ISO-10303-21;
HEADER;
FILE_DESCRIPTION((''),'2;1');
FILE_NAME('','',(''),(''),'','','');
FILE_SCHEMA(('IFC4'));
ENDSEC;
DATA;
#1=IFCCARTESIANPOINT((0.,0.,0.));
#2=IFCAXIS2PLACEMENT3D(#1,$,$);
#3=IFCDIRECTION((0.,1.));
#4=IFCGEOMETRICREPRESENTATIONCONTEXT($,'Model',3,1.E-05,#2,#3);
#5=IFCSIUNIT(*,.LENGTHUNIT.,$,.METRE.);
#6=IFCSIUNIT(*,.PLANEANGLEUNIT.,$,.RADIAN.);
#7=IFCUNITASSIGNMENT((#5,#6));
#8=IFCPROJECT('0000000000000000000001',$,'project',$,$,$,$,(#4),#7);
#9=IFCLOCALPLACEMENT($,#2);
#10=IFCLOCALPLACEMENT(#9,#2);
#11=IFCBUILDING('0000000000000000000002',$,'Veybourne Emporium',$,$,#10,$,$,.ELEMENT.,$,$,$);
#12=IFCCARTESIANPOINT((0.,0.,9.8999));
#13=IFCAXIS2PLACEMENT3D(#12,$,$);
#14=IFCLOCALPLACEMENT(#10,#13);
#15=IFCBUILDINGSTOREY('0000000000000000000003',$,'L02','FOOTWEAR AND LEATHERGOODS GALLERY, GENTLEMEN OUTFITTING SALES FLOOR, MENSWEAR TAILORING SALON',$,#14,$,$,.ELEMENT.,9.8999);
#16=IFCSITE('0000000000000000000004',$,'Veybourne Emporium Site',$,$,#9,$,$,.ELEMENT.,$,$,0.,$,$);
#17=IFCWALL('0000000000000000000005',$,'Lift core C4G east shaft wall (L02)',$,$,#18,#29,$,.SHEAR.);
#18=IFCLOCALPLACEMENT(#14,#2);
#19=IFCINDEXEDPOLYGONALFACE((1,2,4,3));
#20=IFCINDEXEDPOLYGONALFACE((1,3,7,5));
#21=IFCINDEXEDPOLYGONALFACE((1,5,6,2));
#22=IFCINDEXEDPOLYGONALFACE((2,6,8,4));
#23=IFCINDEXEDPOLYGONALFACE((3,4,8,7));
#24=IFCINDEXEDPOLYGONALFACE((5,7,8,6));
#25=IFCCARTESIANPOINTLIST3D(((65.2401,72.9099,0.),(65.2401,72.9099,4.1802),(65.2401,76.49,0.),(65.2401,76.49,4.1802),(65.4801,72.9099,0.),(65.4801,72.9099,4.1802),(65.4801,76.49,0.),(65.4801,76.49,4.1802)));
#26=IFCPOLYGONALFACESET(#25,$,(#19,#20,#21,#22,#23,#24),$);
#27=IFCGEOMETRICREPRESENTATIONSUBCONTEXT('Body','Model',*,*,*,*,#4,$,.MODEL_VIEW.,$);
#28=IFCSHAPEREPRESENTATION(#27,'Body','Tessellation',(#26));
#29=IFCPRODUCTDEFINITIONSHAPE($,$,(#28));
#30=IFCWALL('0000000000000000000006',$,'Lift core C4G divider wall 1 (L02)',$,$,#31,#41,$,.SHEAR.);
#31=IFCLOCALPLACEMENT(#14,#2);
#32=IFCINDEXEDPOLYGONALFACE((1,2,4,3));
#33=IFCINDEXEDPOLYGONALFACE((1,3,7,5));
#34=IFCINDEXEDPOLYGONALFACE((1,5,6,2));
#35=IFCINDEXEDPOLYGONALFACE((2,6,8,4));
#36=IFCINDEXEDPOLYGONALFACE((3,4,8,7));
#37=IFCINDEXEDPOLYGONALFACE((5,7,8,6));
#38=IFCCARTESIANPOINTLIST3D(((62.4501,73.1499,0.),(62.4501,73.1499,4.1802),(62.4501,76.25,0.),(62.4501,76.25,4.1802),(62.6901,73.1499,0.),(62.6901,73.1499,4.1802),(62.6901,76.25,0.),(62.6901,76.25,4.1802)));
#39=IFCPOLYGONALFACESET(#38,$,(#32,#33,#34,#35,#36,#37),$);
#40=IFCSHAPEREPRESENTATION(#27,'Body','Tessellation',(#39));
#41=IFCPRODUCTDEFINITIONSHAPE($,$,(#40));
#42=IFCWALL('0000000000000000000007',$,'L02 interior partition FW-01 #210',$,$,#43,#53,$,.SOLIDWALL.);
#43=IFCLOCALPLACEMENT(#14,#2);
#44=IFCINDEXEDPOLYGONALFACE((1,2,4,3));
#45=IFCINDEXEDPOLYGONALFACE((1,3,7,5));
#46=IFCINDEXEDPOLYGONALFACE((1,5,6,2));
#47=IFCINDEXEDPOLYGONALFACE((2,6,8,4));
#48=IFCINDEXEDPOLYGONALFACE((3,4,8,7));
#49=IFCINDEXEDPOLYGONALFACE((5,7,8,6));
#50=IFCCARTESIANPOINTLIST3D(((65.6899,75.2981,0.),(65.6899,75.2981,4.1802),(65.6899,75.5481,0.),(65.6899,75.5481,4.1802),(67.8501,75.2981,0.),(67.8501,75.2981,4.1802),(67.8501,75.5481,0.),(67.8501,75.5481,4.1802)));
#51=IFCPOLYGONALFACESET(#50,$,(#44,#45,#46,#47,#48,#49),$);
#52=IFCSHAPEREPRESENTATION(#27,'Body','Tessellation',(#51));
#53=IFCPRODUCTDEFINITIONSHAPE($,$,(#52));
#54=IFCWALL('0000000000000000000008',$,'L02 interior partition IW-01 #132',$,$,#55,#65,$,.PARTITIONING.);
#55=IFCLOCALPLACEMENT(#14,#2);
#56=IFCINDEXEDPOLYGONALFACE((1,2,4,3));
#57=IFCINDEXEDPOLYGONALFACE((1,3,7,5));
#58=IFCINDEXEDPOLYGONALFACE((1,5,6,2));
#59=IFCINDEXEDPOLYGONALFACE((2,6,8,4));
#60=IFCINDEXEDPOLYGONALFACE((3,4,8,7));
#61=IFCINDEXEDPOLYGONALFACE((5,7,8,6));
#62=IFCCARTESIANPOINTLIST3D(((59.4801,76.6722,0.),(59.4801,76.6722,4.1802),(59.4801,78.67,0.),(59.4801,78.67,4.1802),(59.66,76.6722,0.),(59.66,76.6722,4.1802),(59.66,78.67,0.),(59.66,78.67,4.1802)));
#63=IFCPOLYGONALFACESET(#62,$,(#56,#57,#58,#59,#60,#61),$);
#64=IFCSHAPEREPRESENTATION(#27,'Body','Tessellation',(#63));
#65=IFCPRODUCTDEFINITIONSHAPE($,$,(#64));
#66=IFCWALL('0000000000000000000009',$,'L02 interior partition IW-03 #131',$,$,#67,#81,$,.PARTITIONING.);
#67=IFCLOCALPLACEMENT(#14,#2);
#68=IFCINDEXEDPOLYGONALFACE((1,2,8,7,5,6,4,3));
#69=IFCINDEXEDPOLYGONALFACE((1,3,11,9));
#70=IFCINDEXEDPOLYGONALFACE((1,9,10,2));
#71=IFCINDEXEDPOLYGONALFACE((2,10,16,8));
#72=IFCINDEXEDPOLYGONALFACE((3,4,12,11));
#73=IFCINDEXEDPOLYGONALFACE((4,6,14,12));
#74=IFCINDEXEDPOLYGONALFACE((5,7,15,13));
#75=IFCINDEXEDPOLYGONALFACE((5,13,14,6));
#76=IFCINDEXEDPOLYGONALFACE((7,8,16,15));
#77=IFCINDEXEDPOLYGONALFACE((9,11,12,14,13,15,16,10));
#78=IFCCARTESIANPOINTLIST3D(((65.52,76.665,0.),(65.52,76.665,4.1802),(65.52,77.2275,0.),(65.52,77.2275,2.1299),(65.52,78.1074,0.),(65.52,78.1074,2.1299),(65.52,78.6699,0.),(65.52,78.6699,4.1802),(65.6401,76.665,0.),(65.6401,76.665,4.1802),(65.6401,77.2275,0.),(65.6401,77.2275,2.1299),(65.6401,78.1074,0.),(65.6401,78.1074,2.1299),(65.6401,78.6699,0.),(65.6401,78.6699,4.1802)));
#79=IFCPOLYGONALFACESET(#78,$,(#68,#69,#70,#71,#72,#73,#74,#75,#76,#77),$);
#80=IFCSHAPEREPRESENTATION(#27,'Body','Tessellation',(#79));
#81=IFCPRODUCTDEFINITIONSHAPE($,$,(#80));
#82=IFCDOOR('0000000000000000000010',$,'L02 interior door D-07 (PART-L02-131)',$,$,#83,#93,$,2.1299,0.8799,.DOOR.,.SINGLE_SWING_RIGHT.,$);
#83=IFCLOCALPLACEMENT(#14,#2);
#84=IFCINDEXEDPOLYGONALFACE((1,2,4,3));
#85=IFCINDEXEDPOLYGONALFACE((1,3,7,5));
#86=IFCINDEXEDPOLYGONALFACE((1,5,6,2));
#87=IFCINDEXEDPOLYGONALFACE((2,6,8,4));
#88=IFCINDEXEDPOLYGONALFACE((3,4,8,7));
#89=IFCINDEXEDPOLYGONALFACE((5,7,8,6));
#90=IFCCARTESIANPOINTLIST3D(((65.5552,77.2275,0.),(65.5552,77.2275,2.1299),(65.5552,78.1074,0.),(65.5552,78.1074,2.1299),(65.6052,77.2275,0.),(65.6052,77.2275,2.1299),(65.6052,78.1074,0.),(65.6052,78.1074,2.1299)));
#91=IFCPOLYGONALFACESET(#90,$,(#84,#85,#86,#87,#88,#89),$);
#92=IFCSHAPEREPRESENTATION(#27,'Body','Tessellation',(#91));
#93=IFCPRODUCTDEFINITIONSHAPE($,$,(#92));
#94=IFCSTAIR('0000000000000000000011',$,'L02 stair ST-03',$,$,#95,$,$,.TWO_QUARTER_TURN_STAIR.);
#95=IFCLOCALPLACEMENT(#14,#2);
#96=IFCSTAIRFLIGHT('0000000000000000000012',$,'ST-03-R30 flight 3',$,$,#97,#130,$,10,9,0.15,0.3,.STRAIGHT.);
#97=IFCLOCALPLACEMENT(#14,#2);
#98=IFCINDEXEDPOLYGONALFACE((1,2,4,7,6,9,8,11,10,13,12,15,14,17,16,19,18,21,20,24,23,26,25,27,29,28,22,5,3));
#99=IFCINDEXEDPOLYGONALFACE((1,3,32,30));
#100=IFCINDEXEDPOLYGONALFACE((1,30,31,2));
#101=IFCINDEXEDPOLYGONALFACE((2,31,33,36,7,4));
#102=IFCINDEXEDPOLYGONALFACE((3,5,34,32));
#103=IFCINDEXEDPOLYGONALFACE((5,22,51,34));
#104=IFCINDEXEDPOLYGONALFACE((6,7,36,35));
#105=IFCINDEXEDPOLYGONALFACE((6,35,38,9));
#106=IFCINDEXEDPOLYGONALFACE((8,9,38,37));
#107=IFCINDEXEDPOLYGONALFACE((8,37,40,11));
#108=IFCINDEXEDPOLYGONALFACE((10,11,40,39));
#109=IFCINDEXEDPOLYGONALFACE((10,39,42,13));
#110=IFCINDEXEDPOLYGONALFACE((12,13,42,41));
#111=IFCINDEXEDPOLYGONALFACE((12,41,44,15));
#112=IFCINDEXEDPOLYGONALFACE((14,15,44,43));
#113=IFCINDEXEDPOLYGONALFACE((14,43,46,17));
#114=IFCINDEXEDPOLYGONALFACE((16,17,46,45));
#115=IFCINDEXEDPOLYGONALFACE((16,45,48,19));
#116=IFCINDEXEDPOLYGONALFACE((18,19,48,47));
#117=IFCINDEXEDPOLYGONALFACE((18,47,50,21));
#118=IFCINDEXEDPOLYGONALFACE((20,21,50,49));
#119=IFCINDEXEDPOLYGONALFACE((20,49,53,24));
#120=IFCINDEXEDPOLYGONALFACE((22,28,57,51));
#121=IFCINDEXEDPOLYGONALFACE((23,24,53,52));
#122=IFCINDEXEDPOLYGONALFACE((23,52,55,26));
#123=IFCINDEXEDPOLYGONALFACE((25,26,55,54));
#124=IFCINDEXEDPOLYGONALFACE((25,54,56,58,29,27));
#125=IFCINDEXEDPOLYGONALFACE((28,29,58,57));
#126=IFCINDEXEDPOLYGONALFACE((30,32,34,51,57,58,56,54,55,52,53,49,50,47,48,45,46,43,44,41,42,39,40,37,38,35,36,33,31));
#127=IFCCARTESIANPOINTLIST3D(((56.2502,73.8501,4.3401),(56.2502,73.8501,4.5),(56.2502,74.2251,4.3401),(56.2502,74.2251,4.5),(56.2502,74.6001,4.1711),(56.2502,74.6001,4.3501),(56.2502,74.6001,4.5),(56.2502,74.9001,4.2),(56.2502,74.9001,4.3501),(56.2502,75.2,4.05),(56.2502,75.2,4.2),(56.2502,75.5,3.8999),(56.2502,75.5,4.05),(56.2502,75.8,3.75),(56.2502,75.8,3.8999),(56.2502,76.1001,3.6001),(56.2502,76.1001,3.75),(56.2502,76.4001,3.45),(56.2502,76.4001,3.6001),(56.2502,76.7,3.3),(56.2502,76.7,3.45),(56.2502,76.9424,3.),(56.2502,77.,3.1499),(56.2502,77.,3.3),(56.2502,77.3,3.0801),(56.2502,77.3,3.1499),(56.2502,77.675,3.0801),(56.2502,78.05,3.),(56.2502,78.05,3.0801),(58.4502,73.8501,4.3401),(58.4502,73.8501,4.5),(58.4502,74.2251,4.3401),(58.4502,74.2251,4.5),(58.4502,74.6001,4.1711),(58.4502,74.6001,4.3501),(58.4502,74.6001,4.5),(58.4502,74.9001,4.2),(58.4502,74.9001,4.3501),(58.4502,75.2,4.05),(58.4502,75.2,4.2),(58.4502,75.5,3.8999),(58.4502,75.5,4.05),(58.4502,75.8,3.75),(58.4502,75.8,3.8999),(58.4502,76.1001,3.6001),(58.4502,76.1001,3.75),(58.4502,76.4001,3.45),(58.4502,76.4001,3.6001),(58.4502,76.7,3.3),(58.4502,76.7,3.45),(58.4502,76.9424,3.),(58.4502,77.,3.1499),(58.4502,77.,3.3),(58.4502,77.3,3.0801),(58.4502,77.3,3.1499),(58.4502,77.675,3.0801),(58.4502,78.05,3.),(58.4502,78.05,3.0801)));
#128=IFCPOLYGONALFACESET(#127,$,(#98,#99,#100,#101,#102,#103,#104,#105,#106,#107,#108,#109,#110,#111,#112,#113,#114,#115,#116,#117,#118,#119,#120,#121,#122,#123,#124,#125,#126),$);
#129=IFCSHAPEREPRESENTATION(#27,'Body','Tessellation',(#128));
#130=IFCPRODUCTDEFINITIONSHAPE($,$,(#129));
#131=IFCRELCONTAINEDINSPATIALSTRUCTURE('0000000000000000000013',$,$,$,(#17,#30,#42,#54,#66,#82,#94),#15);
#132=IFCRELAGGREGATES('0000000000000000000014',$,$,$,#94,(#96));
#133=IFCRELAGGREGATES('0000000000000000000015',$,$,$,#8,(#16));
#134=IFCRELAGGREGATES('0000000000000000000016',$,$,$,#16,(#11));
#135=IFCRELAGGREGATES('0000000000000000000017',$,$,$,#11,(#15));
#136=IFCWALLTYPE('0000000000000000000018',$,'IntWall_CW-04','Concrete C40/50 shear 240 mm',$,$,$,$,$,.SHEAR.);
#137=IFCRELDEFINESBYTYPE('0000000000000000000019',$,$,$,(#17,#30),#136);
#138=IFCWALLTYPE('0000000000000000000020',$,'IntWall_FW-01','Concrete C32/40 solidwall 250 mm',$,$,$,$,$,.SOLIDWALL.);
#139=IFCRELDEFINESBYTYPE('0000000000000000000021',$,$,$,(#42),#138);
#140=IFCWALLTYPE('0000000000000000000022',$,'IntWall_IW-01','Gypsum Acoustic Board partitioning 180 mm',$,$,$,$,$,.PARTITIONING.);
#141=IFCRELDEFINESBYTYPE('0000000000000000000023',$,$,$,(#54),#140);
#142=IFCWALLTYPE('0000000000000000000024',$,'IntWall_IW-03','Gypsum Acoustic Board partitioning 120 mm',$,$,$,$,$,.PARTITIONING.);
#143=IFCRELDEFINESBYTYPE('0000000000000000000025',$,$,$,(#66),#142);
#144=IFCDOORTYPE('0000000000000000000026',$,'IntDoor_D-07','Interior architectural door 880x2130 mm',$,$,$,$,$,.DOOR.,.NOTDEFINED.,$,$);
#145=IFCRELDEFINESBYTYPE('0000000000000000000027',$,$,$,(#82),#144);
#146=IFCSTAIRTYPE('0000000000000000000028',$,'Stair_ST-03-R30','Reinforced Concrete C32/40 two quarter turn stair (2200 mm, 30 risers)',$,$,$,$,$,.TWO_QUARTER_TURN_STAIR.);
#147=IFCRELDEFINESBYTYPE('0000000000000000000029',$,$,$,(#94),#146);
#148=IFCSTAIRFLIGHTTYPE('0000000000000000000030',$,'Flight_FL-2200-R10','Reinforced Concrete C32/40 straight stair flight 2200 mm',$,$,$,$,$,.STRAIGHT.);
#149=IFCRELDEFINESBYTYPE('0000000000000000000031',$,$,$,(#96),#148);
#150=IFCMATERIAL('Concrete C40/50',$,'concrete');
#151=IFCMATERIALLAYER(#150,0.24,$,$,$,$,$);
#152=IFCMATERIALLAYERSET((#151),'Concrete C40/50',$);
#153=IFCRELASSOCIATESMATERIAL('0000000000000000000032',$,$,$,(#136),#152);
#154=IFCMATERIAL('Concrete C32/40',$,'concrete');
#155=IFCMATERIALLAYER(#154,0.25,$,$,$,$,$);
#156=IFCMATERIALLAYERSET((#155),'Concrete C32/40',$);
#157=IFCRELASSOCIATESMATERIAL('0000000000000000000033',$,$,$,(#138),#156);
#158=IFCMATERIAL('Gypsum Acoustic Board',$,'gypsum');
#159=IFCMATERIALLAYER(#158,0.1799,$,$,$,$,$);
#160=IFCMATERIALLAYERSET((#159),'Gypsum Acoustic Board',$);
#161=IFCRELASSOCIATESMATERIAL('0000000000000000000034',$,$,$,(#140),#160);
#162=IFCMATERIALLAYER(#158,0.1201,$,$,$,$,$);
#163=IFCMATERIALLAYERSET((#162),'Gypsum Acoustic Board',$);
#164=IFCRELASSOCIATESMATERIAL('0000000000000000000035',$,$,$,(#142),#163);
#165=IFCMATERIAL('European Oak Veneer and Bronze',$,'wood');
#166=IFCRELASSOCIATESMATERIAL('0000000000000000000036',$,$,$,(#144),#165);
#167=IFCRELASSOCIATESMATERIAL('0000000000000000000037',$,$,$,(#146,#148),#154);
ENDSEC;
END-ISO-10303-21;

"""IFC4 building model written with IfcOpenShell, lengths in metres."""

from ifc_helpers import new_model, si_unit, direction, frame, frame_2d, origin, place, context, subcontext, project, spatial, polyline, rectangle, outline, extrude, material, layer, layer_set, type_object, element, fill, aggregate, save


model = new_model("IFC4")

# Units and contexts
model_context = context("Model", 3, precision=1e-05, world=origin(), true_north=direction((0.0, 1.0)))
body_context = subcontext(model_context, "Body", "Model", "MODEL_VIEW")
ifc_project = project(units=[si_unit("LENGTHUNIT", "METRE"), si_unit("PLANEANGLEUNIT", "RADIAN")], contexts=[model_context])

# Site, building, storey
site_placement = place(None, origin())
site = spatial("IfcSite", under=ifc_project, at=site_placement, Name="Veybourne Emporium Site", CompositionType="ELEMENT", RefElevation=0.0)
building_placement = place(site_placement, origin())
building = spatial("IfcBuilding", under=site, at=building_placement, Name="Veybourne Emporium", CompositionType="ELEMENT")
storey_placement = place(building_placement, frame((0.0, 0.0, 9.8999)))
storey = spatial("IfcBuildingStorey", under=building, at=storey_placement, Name="L02", Description="FOOTWEAR AND LEATHERGOODS GALLERY, GENTLEMEN OUTFITTING SALES FLOOR, MENSWEAR TAILORING SALON", CompositionType="ELEMENT", Elevation=9.8999)

# Shared definitions
ifc_material_1 = material(Name="Concrete C40/50", Category="concrete")

# Shared definitions
ifc_material_2 = material(Name="Concrete C32/40", Category="concrete")

# Shared definitions
ifc_layer_1 = layer(ifc_material_1, 0.24)
ifc_layer_set_1 = layer_set([ifc_layer_1], Name="Concrete C40/50")
wall_type_1 = type_object("IfcWallType", Name="IntWall_CW-04", Description="Concrete C40/50 shear 240 mm", PredefinedType="SHEAR", material=ifc_layer_set_1)

# Walls
for number, where, z_axis, x_axis, name in (
    (1, (65.3601, 72.9099, 0.0), (0.0, 0.0, 1.0), (0.0, 1.0, 0.0), "Lift core C4G east shaft wall (L02)"),
):
    element("IfcWall", number, at=place(storey_placement, frame(where, z_axis=z_axis, x_axis=x_axis)), inside=storey, type_object=wall_type_1, Name=name, PredefinedType="SHEAR", context=body_context, shape_type="SweptSolid", body=[
        extrude(rectangle(XDim=3.5801, YDim=0.24, at=frame_2d((1.79, 0.0))), origin(), (0.0, 0.0, 1.0), 4.1802),
    ])
wall_1_placement = place(storey_placement, frame((62.5701, 73.1499, 0.0), z_axis=(0.0, 0.0, 1.0), x_axis=(0.0, 1.0, 0.0)))
element("IfcWall", 2, at=wall_1_placement, inside=storey, type_object=wall_type_1, Name="Lift core C4G divider wall 1 (L02)", PredefinedType="SHEAR", context=body_context, shape_type="SweptSolid", body=[
    extrude(rectangle(XDim=3.1001, YDim=0.24, at=frame_2d((1.55, 0.0))), origin(), (0.0, 0.0, 1.0), 4.1802),
])
ifc_layer_2 = layer(ifc_material_2, 0.25)
ifc_layer_set_2 = layer_set([ifc_layer_2], Name="Concrete C32/40")
wall_type_2 = type_object("IfcWallType", Name="IntWall_FW-01", Description="Concrete C32/40 solidwall 250 mm", PredefinedType="SOLIDWALL", material=ifc_layer_set_2)
wall_2_placement = place(storey_placement, frame((65.6899, 75.4231, 0.0), z_axis=(0.0, 0.0, 1.0), x_axis=(1.0, 0.0, 0.0)))
element("IfcWall", 3, at=wall_2_placement, inside=storey, type_object=wall_type_2, Name="L02 interior partition FW-01 #210", PredefinedType="SOLIDWALL", context=body_context, shape_type="SweptSolid", body=[
    extrude(rectangle(XDim=2.1602, YDim=0.25, at=frame_2d((1.0801, 0.0))), origin(), (0.0, 0.0, 1.0), 4.1802),
])
ifc_material_3 = material(Name="Gypsum Acoustic Board", Category="gypsum")
ifc_layer_3 = layer(ifc_material_3, 0.1799)
ifc_layer_set_3 = layer_set([ifc_layer_3], Name="Gypsum Acoustic Board")
wall_type_3 = type_object("IfcWallType", Name="IntWall_IW-01", Description="Gypsum Acoustic Board partitioning 180 mm", PredefinedType="PARTITIONING", material=ifc_layer_set_3)
wall_3_placement = place(storey_placement, frame((59.5701, 76.6721, 0.0), z_axis=(0.0, 0.0, 1.0), x_axis=(0.0, 1.0, 0.0)))
element("IfcWall", 4, at=wall_3_placement, inside=storey, type_object=wall_type_3, Name="L02 interior partition IW-01 #132", PredefinedType="PARTITIONING", context=body_context, shape_type="SweptSolid", body=[
    extrude(rectangle(XDim=1.9978, YDim=0.1799, at=frame_2d((0.999, 0.0))), origin(), (0.0, 0.0, 1.0), 4.1802),
])

# Wall, opening, door
ifc_layer_4 = layer(ifc_material_3, 0.1201)
ifc_layer_set_4 = layer_set([ifc_layer_4], Name="Gypsum Acoustic Board")
wall_type_4 = type_object("IfcWallType", Name="IntWall_IW-03", Description="Gypsum Acoustic Board partitioning 120 mm", PredefinedType="PARTITIONING", material=ifc_layer_set_4)
wall_4_placement = place(storey_placement, frame((65.5801, 76.665, 0.0), z_axis=(0.0, 0.0, 1.0), x_axis=(0.0, 1.0, 0.0)))
wall_4 = element("IfcWall", 5, at=wall_4_placement, inside=storey, type_object=wall_type_4, Name="L02 interior partition IW-03 #131", PredefinedType="PARTITIONING", context=body_context, shape_type="SweptSolid", body=[
    extrude(rectangle(XDim=2.0049, YDim=0.1201, at=frame_2d((1.0024, 0.0))), origin(), (0.0, 0.0, 1.0), 4.1802),
])
opening_1_placement = place(wall_4_placement, frame((0.5625, 0.0, 0.0)))
opening_1 = element("IfcOpeningElement", 6, at=opening_1_placement, cuts=wall_4, PredefinedType="OPENING", context=body_context, shape_type="SweptSolid", body=[
    extrude(rectangle(XDim=0.8799, YDim=2.1299, at=frame_2d((0.4399, 1.0649))), frame((0.0, 0.0801, 0.0), z_axis=(0.0, -1.0, 0.0), x_axis=(1.0, 0.0, 0.0)), (0.0, 0.0, 1.0), 0.1602),
])
ifc_material_4 = material(Name="European Oak Veneer and Bronze", Category="wood")
door_type_1 = type_object("IfcDoorType", Name="IntDoor_D-07", Description="Interior architectural door 880x2130 mm", OperationType="NOTDEFINED", PredefinedType="DOOR", material=ifc_material_4)
door_1_placement = place(opening_1_placement, origin())
door_1 = element("IfcDoor", 7, at=door_1_placement, inside=storey, type_object=door_type_1, Name="L02 interior door D-07 (PART-L02-131)", OperationType="SINGLE_SWING_RIGHT", OverallHeight=2.1299, OverallWidth=0.8799, PredefinedType="DOOR", context=body_context, shape_type="SweptSolid", body=[
    extrude(rectangle(XDim=0.8799, YDim=2.1299, at=frame_2d((0.4399, 1.0649))), frame((0.0, 0.0249, 0.0), z_axis=(0.0, -1.0, 0.0), x_axis=(1.0, 0.0, 0.0)), (0.0, 0.0, 1.0), 0.05),
])
fill(opening_1, door_1)

# Stair, stair flight
stair_type = type_object("IfcStairType", Name="Stair_ST-03-R30", Description="Reinforced Concrete C32/40 two quarter turn stair (2200 mm, 30 risers)", PredefinedType="TWO_QUARTER_TURN_STAIR", material=ifc_material_2)
stair_placement = place(storey_placement, origin())
stair = element("IfcStair", 8, at=stair_placement, inside=storey, type_object=stair_type, Name="L02 stair ST-03", PredefinedType="TWO_QUARTER_TURN_STAIR")
stair_flight_type = type_object("IfcStairFlightType", Name="Flight_FL-2200-R10", Description="Reinforced Concrete C32/40 straight stair flight 2200 mm", PredefinedType="STRAIGHT", material=ifc_material_2)
stair_flight_placement = place(storey_placement, frame((57.3501, 77.3, 3.0), z_axis=(0.0, 0.0, 1.0), x_axis=(0.0, -1.0, 0.0)))
stair_flight = element("IfcStairFlight", 9, at=stair_flight_placement, type_object=stair_flight_type, Name="ST-03-R30 flight 3", NumberOfRisers=10, NumberOfTreads=9, PredefinedType="STRAIGHT", RiserHeight=0.15, TreadLength=0.3, context=body_context, shape_type="SweptSolid", body=[
    extrude(outline(polyline([(-0.75, 0.0), (-0.75, 0.0801), (-0.375, 0.0801), (0.0, 0.0801), (0.0, 0.1499), (0.3, 0.1499), (0.3, 0.3), (0.6001, 0.3), (0.6001, 0.45), (0.8999, 0.45), (0.8999, 0.6001), (1.2, 0.6001), (1.2, 0.75), (1.5, 0.75), (1.5, 0.8999), (1.8, 0.8999), (1.8, 1.05), (2.1001, 1.05), (2.1001, 1.2), (2.3999, 1.2), (2.3999, 1.3501), (2.7, 1.3501), (2.7, 1.5), (3.075, 1.5), (3.45, 1.5), (3.45, 1.3401), (3.075, 1.3401), (2.7, 1.1711), (0.3577, 0.0), (-0.75, 0.0)])), frame((0.0, 1.1001, 0.0), z_axis=(0.0, -1.0, 0.0), x_axis=(1.0, 0.0, 0.0)), (0.0, 0.0, 1.0), 2.2),
])
aggregate(stair, [stair_flight])

save(model, "model.ifc")
